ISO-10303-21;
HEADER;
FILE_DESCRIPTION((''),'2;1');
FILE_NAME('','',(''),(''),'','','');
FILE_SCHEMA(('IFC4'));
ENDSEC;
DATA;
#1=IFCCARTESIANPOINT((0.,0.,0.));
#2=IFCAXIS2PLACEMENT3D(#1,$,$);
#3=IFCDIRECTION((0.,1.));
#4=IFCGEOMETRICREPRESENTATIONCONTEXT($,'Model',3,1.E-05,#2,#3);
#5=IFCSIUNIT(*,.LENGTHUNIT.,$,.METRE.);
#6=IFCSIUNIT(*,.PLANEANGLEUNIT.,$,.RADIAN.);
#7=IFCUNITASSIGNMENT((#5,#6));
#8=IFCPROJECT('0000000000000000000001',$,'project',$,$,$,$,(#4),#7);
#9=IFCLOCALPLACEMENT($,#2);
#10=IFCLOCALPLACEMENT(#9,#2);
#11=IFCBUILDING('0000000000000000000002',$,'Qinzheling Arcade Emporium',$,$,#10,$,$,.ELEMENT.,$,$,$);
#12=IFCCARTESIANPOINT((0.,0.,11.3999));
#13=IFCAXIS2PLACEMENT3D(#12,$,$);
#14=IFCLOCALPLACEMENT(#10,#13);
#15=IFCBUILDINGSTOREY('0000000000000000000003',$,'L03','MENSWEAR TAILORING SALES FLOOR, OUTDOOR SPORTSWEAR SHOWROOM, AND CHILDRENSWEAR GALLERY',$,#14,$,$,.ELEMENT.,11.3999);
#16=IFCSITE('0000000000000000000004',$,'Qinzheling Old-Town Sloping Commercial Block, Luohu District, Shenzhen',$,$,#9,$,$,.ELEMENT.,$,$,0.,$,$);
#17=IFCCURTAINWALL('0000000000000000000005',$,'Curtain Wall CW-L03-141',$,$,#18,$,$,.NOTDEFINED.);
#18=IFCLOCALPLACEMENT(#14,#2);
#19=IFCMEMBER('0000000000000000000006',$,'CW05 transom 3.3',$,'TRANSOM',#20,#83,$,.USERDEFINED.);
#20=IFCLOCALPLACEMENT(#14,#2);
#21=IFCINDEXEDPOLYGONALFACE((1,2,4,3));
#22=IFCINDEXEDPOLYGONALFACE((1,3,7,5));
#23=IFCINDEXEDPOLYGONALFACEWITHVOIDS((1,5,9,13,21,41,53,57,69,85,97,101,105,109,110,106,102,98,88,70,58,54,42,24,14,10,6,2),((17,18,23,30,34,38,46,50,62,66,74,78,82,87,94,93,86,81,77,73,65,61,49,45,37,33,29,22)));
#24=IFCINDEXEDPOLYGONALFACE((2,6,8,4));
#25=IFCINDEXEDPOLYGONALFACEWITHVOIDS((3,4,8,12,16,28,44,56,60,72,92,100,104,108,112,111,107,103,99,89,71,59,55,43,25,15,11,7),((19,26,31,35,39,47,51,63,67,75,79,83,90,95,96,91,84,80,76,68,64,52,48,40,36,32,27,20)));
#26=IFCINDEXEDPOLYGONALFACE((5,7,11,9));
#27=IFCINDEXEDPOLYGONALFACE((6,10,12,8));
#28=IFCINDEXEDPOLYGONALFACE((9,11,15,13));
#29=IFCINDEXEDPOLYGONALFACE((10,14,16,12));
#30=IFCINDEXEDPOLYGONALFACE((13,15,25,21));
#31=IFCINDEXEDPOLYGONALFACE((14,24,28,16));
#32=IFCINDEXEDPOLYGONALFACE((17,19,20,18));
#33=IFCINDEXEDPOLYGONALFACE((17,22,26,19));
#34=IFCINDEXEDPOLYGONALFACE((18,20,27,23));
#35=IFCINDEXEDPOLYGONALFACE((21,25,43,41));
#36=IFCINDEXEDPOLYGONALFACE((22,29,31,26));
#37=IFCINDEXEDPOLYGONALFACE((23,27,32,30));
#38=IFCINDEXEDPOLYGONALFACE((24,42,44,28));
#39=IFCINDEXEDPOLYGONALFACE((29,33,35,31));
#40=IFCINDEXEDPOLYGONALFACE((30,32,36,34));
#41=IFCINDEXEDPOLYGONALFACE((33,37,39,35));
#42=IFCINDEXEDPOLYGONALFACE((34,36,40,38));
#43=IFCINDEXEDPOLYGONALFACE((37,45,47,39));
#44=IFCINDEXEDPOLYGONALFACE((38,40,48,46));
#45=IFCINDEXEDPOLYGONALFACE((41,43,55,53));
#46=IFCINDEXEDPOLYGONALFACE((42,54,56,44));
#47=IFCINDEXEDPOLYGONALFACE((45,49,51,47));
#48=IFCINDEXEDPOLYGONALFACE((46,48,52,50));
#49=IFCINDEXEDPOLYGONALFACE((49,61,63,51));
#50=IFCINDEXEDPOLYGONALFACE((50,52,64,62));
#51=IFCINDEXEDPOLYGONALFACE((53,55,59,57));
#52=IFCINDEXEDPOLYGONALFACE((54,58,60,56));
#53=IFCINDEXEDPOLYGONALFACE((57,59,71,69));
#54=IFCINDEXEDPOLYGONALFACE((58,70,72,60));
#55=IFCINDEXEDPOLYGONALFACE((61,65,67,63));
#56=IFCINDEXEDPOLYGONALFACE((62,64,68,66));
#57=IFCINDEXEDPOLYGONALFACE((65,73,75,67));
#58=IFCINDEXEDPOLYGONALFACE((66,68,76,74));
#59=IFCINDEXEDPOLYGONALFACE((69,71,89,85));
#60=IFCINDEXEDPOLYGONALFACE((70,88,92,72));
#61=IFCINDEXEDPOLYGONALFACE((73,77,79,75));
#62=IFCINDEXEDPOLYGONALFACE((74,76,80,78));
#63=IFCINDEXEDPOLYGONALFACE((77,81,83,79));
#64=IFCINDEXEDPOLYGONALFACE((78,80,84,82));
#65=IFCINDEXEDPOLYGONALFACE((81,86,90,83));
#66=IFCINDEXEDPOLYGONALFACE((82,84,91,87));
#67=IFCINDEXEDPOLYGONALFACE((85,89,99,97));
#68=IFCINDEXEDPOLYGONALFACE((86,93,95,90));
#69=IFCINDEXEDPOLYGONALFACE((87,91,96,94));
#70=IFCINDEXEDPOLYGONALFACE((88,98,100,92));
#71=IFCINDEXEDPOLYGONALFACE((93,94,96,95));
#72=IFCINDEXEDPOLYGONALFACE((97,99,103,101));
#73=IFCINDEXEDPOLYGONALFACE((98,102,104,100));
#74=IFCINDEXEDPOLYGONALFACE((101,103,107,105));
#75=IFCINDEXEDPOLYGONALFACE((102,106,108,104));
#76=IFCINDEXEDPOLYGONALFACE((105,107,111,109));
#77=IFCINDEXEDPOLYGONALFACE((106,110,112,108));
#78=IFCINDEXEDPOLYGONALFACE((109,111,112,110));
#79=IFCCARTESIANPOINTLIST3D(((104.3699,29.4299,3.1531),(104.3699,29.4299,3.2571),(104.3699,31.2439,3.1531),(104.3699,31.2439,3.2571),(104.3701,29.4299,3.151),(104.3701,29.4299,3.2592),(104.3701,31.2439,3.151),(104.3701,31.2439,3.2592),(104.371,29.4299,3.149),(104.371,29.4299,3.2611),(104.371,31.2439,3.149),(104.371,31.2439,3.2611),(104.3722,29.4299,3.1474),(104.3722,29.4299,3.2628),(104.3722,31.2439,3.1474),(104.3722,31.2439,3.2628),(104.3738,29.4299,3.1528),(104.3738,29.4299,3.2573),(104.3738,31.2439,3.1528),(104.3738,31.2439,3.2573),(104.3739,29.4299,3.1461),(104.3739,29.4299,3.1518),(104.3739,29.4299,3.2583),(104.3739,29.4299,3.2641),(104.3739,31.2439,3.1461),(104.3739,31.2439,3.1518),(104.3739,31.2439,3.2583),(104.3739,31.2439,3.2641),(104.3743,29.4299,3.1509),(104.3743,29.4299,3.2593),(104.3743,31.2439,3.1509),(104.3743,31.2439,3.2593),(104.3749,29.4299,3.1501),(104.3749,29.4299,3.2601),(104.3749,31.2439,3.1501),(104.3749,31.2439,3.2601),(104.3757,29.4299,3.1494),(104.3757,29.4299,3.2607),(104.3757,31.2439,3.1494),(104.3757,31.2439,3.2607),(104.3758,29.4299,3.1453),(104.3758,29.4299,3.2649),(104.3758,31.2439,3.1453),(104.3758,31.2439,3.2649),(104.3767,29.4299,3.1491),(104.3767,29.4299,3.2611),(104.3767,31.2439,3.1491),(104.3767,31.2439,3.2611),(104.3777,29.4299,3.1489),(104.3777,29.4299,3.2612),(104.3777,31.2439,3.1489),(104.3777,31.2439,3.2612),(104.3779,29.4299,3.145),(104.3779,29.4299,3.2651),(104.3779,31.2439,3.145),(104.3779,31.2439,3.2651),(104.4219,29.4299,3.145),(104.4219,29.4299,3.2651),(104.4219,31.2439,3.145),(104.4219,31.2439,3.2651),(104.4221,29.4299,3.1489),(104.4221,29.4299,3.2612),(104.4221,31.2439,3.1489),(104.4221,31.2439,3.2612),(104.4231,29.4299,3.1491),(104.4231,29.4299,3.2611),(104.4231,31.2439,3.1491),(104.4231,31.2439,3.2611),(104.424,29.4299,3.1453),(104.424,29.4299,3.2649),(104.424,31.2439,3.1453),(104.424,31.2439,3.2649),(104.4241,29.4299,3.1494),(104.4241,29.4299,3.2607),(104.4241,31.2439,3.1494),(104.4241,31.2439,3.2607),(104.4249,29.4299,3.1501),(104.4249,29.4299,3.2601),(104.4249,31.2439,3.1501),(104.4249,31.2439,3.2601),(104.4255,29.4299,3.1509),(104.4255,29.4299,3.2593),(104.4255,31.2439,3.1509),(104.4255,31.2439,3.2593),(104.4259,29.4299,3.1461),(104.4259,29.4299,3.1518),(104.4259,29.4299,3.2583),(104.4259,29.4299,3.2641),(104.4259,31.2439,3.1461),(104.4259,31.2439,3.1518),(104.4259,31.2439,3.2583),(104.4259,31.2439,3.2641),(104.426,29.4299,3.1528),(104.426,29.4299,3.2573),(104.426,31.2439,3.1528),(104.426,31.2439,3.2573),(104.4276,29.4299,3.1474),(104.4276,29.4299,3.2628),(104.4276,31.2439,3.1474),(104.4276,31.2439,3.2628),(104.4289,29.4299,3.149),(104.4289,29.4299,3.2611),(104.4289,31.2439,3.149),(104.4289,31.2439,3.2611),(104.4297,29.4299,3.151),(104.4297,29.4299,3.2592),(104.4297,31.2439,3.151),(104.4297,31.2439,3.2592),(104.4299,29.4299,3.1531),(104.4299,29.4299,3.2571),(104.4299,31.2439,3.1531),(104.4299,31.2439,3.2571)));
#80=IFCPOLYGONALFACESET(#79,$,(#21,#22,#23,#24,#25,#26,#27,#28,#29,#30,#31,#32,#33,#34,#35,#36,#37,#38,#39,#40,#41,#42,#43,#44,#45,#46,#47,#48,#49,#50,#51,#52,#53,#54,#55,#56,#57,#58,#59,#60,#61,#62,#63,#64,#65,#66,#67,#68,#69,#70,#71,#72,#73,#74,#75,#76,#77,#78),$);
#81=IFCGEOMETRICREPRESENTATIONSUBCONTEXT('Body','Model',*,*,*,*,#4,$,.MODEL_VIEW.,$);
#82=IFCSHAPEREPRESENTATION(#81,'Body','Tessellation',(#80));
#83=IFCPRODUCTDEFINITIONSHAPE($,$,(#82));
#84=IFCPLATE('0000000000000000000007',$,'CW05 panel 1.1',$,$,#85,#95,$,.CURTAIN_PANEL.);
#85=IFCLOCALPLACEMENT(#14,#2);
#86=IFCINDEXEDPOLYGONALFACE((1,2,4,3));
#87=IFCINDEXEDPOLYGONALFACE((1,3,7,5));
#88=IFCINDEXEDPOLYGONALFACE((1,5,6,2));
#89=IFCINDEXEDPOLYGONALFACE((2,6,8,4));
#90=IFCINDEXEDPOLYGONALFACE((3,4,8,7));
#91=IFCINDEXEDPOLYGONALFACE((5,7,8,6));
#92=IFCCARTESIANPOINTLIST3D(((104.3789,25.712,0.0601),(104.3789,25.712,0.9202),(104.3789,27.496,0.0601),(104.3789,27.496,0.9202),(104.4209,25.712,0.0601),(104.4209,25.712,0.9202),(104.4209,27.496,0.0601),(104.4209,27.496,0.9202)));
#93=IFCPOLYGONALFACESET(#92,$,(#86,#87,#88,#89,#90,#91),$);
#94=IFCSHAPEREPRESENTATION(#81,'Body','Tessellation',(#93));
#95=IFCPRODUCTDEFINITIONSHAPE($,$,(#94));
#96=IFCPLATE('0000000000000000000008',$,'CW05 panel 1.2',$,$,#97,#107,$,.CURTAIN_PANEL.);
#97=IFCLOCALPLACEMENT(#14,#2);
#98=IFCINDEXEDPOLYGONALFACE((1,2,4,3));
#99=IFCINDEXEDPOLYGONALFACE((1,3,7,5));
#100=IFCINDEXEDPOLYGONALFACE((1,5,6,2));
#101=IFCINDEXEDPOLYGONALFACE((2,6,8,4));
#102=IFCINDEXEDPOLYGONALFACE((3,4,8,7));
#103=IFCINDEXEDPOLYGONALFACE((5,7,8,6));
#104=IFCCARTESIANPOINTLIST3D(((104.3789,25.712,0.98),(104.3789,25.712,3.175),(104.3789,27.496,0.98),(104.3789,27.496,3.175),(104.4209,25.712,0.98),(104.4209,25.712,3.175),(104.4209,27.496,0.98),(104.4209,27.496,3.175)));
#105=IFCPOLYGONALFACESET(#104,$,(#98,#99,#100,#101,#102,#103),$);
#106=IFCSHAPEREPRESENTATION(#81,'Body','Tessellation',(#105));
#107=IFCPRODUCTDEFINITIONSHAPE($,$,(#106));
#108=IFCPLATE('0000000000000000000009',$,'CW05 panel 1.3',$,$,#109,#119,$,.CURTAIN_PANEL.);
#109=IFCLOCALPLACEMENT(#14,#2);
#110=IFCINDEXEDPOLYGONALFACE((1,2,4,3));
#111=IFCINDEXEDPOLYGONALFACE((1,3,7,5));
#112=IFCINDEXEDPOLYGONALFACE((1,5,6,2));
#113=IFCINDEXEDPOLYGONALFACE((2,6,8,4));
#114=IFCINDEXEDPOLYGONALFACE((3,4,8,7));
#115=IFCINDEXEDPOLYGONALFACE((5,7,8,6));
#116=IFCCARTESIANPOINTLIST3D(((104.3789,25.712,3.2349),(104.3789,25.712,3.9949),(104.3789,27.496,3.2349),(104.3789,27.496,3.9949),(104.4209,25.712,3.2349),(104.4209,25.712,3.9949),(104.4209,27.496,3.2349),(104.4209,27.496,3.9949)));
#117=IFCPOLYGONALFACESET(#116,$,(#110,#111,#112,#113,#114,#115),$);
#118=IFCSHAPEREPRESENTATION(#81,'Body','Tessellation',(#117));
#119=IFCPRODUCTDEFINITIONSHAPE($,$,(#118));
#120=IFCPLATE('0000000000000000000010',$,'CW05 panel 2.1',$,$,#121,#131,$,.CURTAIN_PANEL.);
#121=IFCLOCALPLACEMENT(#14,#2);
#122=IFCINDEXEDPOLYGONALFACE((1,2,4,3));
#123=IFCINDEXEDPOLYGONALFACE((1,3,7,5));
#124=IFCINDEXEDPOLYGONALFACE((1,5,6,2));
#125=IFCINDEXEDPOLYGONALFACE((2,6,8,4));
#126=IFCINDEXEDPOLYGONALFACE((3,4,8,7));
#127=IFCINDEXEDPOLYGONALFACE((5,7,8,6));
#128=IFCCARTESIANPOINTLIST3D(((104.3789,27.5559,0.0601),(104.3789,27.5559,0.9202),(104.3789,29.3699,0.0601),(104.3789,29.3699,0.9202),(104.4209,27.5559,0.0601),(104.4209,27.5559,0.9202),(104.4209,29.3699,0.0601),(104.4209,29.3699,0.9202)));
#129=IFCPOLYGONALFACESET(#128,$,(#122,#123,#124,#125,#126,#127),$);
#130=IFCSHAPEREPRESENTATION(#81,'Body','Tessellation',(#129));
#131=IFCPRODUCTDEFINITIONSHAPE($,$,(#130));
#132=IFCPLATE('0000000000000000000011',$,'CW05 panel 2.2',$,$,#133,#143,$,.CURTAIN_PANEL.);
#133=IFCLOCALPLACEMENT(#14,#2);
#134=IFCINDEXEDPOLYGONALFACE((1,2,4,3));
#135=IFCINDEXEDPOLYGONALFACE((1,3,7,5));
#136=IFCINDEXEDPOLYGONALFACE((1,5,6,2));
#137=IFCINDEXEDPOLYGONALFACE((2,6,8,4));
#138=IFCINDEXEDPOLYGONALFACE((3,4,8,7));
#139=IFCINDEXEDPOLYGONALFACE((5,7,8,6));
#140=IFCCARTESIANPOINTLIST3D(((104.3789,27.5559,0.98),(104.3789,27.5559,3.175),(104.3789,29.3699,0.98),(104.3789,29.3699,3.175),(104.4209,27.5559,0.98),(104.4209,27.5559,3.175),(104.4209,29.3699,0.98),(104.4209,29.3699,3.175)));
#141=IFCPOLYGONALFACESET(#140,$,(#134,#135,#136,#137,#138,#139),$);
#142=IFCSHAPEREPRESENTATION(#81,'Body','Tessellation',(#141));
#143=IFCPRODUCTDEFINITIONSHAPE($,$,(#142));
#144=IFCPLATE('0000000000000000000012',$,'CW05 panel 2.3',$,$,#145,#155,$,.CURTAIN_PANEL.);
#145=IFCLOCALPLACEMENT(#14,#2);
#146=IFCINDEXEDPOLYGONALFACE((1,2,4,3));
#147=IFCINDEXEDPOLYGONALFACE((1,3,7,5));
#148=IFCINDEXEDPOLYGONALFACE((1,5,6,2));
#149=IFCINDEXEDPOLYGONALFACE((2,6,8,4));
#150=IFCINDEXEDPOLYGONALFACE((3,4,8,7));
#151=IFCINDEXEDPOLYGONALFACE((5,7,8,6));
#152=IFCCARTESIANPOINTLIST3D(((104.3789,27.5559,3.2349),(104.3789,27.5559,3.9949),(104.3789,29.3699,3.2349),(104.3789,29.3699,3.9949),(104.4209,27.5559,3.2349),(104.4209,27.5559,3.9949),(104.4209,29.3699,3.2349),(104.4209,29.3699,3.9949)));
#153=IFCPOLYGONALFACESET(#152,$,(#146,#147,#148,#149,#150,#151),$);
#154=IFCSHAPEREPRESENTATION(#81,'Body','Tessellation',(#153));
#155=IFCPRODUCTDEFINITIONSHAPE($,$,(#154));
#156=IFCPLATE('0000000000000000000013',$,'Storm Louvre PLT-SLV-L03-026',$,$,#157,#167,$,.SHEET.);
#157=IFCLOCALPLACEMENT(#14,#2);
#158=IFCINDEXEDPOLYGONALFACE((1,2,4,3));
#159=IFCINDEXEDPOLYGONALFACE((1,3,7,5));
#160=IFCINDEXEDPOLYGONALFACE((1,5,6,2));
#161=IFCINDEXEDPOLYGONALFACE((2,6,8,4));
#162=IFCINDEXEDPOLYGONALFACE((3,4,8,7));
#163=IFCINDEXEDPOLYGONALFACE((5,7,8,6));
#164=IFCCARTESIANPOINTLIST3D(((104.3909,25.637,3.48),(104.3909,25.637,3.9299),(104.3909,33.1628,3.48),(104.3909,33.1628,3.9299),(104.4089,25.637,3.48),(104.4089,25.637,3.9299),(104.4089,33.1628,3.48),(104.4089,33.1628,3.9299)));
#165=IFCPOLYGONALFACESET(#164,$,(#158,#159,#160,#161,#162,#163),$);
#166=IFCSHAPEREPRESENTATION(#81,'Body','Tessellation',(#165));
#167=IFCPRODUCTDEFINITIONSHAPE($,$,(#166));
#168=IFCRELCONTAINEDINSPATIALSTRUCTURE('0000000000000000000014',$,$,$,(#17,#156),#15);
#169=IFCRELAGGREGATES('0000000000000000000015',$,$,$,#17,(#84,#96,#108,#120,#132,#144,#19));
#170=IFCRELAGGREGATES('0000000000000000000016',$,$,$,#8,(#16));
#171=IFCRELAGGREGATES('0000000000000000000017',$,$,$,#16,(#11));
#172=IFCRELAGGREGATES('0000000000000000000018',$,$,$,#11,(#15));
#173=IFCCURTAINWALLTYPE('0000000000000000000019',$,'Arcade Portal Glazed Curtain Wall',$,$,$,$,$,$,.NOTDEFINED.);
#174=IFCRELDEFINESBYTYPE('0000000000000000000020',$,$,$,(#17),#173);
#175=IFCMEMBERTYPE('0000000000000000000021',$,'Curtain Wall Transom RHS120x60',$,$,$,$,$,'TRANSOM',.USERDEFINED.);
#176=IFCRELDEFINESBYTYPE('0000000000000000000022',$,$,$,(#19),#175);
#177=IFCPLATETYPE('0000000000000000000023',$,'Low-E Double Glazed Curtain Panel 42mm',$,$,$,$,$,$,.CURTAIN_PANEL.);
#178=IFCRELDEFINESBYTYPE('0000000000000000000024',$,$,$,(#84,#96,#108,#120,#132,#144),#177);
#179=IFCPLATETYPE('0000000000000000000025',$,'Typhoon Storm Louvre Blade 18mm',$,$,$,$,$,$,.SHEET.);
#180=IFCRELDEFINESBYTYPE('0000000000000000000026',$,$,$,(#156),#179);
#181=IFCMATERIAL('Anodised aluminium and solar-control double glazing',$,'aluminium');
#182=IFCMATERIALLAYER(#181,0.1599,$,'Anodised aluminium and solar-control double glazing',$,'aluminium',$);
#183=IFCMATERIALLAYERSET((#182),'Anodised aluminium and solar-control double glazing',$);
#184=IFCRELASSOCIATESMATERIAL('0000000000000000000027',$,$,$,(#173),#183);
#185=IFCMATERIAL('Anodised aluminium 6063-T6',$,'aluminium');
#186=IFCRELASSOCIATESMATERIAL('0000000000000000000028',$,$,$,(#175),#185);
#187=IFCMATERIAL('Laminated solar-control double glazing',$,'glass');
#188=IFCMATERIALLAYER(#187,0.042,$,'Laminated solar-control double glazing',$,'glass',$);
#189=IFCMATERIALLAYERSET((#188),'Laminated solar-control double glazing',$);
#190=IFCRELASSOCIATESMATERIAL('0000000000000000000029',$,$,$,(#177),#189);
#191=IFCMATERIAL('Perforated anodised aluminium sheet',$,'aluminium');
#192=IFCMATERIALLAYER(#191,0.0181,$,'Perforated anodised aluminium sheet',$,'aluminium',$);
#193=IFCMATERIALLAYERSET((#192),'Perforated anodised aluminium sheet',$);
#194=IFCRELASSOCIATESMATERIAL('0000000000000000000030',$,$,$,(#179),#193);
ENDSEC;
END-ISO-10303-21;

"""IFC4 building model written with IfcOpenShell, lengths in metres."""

from ifc_helpers import new_model, si_unit, direction, frame, origin, origin_2d, place, context, subcontext, project, spatial, rectangle, hollow_rectangle, extrude, material, layer, layer_set, material_profile, profile_set, type_object, element, aggregate, save


model = new_model("IFC4")

# Units and contexts
model_context = context("Model", 3, precision=1e-05, world=origin(), true_north=direction((0.0, 1.0)))
body_context = subcontext(model_context, "Body", "Model", "MODEL_VIEW")
ifc_project = project(units=[si_unit("LENGTHUNIT", "METRE"), si_unit("PLANEANGLEUNIT", "RADIAN")], contexts=[model_context])

# Site, building, storey
site_placement = place(None, origin())
site = spatial("IfcSite", under=ifc_project, at=site_placement, Name="Qinzheling Old-Town Sloping Commercial Block, Luohu District, Shenzhen", CompositionType="ELEMENT", RefElevation=0.0)
building_placement = place(site_placement, origin())
building = spatial("IfcBuilding", under=site, at=building_placement, Name="Qinzheling Arcade Emporium", CompositionType="ELEMENT")
storey_placement = place(building_placement, frame((0.0, 0.0, 11.3999)))
storey = spatial("IfcBuildingStorey", under=building, at=storey_placement, Name="L03", Description="MENSWEAR TAILORING SALES FLOOR, OUTDOOR SPORTSWEAR SHOWROOM, AND CHILDRENSWEAR GALLERY", CompositionType="ELEMENT", Elevation=11.3999)

# Curtain wall, member, plates
ifc_material_1 = material(Name="Anodised aluminium and solar-control double glazing", Category="aluminium")
ifc_layer_1 = layer(ifc_material_1, 0.1599, Name="Anodised aluminium and solar-control double glazing", Category="aluminium")
ifc_layer_set_1 = layer_set([ifc_layer_1], Name="Anodised aluminium and solar-control double glazing")
curtain_wall_type = type_object("IfcCurtainWallType", Name="Arcade Portal Glazed Curtain Wall", PredefinedType="NOTDEFINED", material=ifc_layer_set_1)
curtain_wall_placement = place(storey_placement, origin())
curtain_wall = element("IfcCurtainWall", 1, at=curtain_wall_placement, inside=storey, type_object=curtain_wall_type, Name="Curtain Wall CW-L03-141", PredefinedType="NOTDEFINED")
ifc_material_2 = material(Name="Anodised aluminium 6063-T6", Category="aluminium")
ifc_material_profile_1 = material_profile(ifc_material_2, hollow_rectangle(XDim=0.0601, YDim=0.1201, WallThickness=0.0039, InnerFilletRadius=0.0039, OuterFilletRadius=0.0081, at=origin_2d()), Name="RHS 120x60x4", Category="aluminium")
ifc_profile_set_1 = profile_set([ifc_material_profile_1], Name="Anodised aluminium 6063-T6")
member_type_1 = type_object("IfcMemberType", Name="Curtain Wall Transom RHS120x60", ElementType="TRANSOM", PredefinedType="USERDEFINED", material=ifc_profile_set_1)
member_1_placement = place(storey_placement, frame((104.3999, 29.4299, 3.2051), z_axis=(0.0, 1.0, 0.0), x_axis=(-1.0, 0.0, 0.0)))
member_1 = element("IfcMember", 2, at=member_1_placement, type_object=member_type_1, Name="CW05 transom 3.3", ObjectType="TRANSOM", PredefinedType="USERDEFINED", context=body_context, shape_type="SweptSolid", body=[
    extrude(hollow_rectangle(XDim=0.0601, YDim=0.1201, WallThickness=0.0039, InnerFilletRadius=0.0039, OuterFilletRadius=0.0081, at=origin_2d()), origin(), (0.0, 0.0, 1.0), 1.814),
])
ifc_material_3 = material(Name="Laminated solar-control double glazing", Category="glass")
ifc_layer_2 = layer(ifc_material_3, 0.042, Name="Laminated solar-control double glazing", Category="glass")
ifc_layer_set_2 = layer_set([ifc_layer_2], Name="Laminated solar-control double glazing")
plate_type_1 = type_object("IfcPlateType", Name="Low-E Double Glazed Curtain Panel 42mm", PredefinedType="CURTAIN_PANEL", material=ifc_layer_set_2)
plate_1_placement = place(storey_placement, frame((104.3999, 26.604, 0.0601), z_axis=(0.0, 0.0, 1.0), x_axis=(0.0, 1.0, 0.0)))
plate_1 = element("IfcPlate", 3, at=plate_1_placement, type_object=plate_type_1, Name="CW05 panel 1.1", PredefinedType="CURTAIN_PANEL", context=body_context, shape_type="SweptSolid", body=[
    extrude(rectangle(XDim=1.7839, YDim=0.042, at=origin_2d()), origin(), (0.0, 0.0, 1.0), 0.8601),
])
plate_2_placement = place(storey_placement, frame((104.3999, 26.604, 0.98), z_axis=(0.0, 0.0, 1.0), x_axis=(0.0, 1.0, 0.0)))
plate_2 = element("IfcPlate", 4, at=plate_2_placement, type_object=plate_type_1, Name="CW05 panel 1.2", PredefinedType="CURTAIN_PANEL", context=body_context, shape_type="SweptSolid", body=[
    extrude(rectangle(XDim=1.7839, YDim=0.042, at=origin_2d()), origin(), (0.0, 0.0, 1.0), 2.1951),
])
plate_3_placement = place(storey_placement, frame((104.3999, 26.604, 3.2349), z_axis=(0.0, 0.0, 1.0), x_axis=(0.0, 1.0, 0.0)))
plate_3 = element("IfcPlate", 5, at=plate_3_placement, type_object=plate_type_1, Name="CW05 panel 1.3", PredefinedType="CURTAIN_PANEL", context=body_context, shape_type="SweptSolid", body=[
    extrude(rectangle(XDim=1.7839, YDim=0.042, at=origin_2d()), origin(), (0.0, 0.0, 1.0), 0.76),
])
plate_4_placement = place(storey_placement, frame((104.3999, 28.4629, 0.0601), z_axis=(0.0, 0.0, 1.0), x_axis=(0.0, 1.0, 0.0)))
plate_4 = element("IfcPlate", 6, at=plate_4_placement, type_object=plate_type_1, Name="CW05 panel 2.1", PredefinedType="CURTAIN_PANEL", context=body_context, shape_type="SweptSolid", body=[
    extrude(rectangle(XDim=1.814, YDim=0.042, at=origin_2d()), origin(), (0.0, 0.0, 1.0), 0.8601),
])
plate_5_placement = place(storey_placement, frame((104.3999, 28.4629, 0.98), z_axis=(0.0, 0.0, 1.0), x_axis=(0.0, 1.0, 0.0)))
plate_5 = element("IfcPlate", 7, at=plate_5_placement, type_object=plate_type_1, Name="CW05 panel 2.2", PredefinedType="CURTAIN_PANEL", context=body_context, shape_type="SweptSolid", body=[
    extrude(rectangle(XDim=1.814, YDim=0.042, at=origin_2d()), origin(), (0.0, 0.0, 1.0), 2.1951),
])
plate_6_placement = place(storey_placement, frame((104.3999, 28.4629, 3.2349), z_axis=(0.0, 0.0, 1.0), x_axis=(0.0, 1.0, 0.0)))
plate_6 = element("IfcPlate", 8, at=plate_6_placement, type_object=plate_type_1, Name="CW05 panel 2.3", PredefinedType="CURTAIN_PANEL", context=body_context, shape_type="SweptSolid", body=[
    extrude(rectangle(XDim=1.814, YDim=0.042, at=origin_2d()), origin(), (0.0, 0.0, 1.0), 0.76),
])
aggregate(curtain_wall, [plate_1, plate_2, plate_3, plate_4, plate_5, plate_6, member_1])

# Plate
ifc_material_4 = material(Name="Perforated anodised aluminium sheet", Category="aluminium")
ifc_layer_3 = layer(ifc_material_4, 0.0181, Name="Perforated anodised aluminium sheet", Category="aluminium")
ifc_layer_set_3 = layer_set([ifc_layer_3], Name="Perforated anodised aluminium sheet")
plate_type_2 = type_object("IfcPlateType", Name="Typhoon Storm Louvre Blade 18mm", PredefinedType="SHEET", material=ifc_layer_set_3)
plate_7_placement = place(storey_placement, frame((104.3999, 29.3999, 3.48), z_axis=(0.0, 0.0, 1.0), x_axis=(0.0, 1.0, 0.0)))
element("IfcPlate", 9, at=plate_7_placement, inside=storey, type_object=plate_type_2, Name="Storm Louvre PLT-SLV-L03-026", PredefinedType="SHEET", context=body_context, shape_type="SweptSolid", body=[
    extrude(rectangle(XDim=7.5259, YDim=0.0181, at=origin_2d()), origin(), (0.0, 0.0, 1.0), 0.45),
])

save(model, "model.ifc")
